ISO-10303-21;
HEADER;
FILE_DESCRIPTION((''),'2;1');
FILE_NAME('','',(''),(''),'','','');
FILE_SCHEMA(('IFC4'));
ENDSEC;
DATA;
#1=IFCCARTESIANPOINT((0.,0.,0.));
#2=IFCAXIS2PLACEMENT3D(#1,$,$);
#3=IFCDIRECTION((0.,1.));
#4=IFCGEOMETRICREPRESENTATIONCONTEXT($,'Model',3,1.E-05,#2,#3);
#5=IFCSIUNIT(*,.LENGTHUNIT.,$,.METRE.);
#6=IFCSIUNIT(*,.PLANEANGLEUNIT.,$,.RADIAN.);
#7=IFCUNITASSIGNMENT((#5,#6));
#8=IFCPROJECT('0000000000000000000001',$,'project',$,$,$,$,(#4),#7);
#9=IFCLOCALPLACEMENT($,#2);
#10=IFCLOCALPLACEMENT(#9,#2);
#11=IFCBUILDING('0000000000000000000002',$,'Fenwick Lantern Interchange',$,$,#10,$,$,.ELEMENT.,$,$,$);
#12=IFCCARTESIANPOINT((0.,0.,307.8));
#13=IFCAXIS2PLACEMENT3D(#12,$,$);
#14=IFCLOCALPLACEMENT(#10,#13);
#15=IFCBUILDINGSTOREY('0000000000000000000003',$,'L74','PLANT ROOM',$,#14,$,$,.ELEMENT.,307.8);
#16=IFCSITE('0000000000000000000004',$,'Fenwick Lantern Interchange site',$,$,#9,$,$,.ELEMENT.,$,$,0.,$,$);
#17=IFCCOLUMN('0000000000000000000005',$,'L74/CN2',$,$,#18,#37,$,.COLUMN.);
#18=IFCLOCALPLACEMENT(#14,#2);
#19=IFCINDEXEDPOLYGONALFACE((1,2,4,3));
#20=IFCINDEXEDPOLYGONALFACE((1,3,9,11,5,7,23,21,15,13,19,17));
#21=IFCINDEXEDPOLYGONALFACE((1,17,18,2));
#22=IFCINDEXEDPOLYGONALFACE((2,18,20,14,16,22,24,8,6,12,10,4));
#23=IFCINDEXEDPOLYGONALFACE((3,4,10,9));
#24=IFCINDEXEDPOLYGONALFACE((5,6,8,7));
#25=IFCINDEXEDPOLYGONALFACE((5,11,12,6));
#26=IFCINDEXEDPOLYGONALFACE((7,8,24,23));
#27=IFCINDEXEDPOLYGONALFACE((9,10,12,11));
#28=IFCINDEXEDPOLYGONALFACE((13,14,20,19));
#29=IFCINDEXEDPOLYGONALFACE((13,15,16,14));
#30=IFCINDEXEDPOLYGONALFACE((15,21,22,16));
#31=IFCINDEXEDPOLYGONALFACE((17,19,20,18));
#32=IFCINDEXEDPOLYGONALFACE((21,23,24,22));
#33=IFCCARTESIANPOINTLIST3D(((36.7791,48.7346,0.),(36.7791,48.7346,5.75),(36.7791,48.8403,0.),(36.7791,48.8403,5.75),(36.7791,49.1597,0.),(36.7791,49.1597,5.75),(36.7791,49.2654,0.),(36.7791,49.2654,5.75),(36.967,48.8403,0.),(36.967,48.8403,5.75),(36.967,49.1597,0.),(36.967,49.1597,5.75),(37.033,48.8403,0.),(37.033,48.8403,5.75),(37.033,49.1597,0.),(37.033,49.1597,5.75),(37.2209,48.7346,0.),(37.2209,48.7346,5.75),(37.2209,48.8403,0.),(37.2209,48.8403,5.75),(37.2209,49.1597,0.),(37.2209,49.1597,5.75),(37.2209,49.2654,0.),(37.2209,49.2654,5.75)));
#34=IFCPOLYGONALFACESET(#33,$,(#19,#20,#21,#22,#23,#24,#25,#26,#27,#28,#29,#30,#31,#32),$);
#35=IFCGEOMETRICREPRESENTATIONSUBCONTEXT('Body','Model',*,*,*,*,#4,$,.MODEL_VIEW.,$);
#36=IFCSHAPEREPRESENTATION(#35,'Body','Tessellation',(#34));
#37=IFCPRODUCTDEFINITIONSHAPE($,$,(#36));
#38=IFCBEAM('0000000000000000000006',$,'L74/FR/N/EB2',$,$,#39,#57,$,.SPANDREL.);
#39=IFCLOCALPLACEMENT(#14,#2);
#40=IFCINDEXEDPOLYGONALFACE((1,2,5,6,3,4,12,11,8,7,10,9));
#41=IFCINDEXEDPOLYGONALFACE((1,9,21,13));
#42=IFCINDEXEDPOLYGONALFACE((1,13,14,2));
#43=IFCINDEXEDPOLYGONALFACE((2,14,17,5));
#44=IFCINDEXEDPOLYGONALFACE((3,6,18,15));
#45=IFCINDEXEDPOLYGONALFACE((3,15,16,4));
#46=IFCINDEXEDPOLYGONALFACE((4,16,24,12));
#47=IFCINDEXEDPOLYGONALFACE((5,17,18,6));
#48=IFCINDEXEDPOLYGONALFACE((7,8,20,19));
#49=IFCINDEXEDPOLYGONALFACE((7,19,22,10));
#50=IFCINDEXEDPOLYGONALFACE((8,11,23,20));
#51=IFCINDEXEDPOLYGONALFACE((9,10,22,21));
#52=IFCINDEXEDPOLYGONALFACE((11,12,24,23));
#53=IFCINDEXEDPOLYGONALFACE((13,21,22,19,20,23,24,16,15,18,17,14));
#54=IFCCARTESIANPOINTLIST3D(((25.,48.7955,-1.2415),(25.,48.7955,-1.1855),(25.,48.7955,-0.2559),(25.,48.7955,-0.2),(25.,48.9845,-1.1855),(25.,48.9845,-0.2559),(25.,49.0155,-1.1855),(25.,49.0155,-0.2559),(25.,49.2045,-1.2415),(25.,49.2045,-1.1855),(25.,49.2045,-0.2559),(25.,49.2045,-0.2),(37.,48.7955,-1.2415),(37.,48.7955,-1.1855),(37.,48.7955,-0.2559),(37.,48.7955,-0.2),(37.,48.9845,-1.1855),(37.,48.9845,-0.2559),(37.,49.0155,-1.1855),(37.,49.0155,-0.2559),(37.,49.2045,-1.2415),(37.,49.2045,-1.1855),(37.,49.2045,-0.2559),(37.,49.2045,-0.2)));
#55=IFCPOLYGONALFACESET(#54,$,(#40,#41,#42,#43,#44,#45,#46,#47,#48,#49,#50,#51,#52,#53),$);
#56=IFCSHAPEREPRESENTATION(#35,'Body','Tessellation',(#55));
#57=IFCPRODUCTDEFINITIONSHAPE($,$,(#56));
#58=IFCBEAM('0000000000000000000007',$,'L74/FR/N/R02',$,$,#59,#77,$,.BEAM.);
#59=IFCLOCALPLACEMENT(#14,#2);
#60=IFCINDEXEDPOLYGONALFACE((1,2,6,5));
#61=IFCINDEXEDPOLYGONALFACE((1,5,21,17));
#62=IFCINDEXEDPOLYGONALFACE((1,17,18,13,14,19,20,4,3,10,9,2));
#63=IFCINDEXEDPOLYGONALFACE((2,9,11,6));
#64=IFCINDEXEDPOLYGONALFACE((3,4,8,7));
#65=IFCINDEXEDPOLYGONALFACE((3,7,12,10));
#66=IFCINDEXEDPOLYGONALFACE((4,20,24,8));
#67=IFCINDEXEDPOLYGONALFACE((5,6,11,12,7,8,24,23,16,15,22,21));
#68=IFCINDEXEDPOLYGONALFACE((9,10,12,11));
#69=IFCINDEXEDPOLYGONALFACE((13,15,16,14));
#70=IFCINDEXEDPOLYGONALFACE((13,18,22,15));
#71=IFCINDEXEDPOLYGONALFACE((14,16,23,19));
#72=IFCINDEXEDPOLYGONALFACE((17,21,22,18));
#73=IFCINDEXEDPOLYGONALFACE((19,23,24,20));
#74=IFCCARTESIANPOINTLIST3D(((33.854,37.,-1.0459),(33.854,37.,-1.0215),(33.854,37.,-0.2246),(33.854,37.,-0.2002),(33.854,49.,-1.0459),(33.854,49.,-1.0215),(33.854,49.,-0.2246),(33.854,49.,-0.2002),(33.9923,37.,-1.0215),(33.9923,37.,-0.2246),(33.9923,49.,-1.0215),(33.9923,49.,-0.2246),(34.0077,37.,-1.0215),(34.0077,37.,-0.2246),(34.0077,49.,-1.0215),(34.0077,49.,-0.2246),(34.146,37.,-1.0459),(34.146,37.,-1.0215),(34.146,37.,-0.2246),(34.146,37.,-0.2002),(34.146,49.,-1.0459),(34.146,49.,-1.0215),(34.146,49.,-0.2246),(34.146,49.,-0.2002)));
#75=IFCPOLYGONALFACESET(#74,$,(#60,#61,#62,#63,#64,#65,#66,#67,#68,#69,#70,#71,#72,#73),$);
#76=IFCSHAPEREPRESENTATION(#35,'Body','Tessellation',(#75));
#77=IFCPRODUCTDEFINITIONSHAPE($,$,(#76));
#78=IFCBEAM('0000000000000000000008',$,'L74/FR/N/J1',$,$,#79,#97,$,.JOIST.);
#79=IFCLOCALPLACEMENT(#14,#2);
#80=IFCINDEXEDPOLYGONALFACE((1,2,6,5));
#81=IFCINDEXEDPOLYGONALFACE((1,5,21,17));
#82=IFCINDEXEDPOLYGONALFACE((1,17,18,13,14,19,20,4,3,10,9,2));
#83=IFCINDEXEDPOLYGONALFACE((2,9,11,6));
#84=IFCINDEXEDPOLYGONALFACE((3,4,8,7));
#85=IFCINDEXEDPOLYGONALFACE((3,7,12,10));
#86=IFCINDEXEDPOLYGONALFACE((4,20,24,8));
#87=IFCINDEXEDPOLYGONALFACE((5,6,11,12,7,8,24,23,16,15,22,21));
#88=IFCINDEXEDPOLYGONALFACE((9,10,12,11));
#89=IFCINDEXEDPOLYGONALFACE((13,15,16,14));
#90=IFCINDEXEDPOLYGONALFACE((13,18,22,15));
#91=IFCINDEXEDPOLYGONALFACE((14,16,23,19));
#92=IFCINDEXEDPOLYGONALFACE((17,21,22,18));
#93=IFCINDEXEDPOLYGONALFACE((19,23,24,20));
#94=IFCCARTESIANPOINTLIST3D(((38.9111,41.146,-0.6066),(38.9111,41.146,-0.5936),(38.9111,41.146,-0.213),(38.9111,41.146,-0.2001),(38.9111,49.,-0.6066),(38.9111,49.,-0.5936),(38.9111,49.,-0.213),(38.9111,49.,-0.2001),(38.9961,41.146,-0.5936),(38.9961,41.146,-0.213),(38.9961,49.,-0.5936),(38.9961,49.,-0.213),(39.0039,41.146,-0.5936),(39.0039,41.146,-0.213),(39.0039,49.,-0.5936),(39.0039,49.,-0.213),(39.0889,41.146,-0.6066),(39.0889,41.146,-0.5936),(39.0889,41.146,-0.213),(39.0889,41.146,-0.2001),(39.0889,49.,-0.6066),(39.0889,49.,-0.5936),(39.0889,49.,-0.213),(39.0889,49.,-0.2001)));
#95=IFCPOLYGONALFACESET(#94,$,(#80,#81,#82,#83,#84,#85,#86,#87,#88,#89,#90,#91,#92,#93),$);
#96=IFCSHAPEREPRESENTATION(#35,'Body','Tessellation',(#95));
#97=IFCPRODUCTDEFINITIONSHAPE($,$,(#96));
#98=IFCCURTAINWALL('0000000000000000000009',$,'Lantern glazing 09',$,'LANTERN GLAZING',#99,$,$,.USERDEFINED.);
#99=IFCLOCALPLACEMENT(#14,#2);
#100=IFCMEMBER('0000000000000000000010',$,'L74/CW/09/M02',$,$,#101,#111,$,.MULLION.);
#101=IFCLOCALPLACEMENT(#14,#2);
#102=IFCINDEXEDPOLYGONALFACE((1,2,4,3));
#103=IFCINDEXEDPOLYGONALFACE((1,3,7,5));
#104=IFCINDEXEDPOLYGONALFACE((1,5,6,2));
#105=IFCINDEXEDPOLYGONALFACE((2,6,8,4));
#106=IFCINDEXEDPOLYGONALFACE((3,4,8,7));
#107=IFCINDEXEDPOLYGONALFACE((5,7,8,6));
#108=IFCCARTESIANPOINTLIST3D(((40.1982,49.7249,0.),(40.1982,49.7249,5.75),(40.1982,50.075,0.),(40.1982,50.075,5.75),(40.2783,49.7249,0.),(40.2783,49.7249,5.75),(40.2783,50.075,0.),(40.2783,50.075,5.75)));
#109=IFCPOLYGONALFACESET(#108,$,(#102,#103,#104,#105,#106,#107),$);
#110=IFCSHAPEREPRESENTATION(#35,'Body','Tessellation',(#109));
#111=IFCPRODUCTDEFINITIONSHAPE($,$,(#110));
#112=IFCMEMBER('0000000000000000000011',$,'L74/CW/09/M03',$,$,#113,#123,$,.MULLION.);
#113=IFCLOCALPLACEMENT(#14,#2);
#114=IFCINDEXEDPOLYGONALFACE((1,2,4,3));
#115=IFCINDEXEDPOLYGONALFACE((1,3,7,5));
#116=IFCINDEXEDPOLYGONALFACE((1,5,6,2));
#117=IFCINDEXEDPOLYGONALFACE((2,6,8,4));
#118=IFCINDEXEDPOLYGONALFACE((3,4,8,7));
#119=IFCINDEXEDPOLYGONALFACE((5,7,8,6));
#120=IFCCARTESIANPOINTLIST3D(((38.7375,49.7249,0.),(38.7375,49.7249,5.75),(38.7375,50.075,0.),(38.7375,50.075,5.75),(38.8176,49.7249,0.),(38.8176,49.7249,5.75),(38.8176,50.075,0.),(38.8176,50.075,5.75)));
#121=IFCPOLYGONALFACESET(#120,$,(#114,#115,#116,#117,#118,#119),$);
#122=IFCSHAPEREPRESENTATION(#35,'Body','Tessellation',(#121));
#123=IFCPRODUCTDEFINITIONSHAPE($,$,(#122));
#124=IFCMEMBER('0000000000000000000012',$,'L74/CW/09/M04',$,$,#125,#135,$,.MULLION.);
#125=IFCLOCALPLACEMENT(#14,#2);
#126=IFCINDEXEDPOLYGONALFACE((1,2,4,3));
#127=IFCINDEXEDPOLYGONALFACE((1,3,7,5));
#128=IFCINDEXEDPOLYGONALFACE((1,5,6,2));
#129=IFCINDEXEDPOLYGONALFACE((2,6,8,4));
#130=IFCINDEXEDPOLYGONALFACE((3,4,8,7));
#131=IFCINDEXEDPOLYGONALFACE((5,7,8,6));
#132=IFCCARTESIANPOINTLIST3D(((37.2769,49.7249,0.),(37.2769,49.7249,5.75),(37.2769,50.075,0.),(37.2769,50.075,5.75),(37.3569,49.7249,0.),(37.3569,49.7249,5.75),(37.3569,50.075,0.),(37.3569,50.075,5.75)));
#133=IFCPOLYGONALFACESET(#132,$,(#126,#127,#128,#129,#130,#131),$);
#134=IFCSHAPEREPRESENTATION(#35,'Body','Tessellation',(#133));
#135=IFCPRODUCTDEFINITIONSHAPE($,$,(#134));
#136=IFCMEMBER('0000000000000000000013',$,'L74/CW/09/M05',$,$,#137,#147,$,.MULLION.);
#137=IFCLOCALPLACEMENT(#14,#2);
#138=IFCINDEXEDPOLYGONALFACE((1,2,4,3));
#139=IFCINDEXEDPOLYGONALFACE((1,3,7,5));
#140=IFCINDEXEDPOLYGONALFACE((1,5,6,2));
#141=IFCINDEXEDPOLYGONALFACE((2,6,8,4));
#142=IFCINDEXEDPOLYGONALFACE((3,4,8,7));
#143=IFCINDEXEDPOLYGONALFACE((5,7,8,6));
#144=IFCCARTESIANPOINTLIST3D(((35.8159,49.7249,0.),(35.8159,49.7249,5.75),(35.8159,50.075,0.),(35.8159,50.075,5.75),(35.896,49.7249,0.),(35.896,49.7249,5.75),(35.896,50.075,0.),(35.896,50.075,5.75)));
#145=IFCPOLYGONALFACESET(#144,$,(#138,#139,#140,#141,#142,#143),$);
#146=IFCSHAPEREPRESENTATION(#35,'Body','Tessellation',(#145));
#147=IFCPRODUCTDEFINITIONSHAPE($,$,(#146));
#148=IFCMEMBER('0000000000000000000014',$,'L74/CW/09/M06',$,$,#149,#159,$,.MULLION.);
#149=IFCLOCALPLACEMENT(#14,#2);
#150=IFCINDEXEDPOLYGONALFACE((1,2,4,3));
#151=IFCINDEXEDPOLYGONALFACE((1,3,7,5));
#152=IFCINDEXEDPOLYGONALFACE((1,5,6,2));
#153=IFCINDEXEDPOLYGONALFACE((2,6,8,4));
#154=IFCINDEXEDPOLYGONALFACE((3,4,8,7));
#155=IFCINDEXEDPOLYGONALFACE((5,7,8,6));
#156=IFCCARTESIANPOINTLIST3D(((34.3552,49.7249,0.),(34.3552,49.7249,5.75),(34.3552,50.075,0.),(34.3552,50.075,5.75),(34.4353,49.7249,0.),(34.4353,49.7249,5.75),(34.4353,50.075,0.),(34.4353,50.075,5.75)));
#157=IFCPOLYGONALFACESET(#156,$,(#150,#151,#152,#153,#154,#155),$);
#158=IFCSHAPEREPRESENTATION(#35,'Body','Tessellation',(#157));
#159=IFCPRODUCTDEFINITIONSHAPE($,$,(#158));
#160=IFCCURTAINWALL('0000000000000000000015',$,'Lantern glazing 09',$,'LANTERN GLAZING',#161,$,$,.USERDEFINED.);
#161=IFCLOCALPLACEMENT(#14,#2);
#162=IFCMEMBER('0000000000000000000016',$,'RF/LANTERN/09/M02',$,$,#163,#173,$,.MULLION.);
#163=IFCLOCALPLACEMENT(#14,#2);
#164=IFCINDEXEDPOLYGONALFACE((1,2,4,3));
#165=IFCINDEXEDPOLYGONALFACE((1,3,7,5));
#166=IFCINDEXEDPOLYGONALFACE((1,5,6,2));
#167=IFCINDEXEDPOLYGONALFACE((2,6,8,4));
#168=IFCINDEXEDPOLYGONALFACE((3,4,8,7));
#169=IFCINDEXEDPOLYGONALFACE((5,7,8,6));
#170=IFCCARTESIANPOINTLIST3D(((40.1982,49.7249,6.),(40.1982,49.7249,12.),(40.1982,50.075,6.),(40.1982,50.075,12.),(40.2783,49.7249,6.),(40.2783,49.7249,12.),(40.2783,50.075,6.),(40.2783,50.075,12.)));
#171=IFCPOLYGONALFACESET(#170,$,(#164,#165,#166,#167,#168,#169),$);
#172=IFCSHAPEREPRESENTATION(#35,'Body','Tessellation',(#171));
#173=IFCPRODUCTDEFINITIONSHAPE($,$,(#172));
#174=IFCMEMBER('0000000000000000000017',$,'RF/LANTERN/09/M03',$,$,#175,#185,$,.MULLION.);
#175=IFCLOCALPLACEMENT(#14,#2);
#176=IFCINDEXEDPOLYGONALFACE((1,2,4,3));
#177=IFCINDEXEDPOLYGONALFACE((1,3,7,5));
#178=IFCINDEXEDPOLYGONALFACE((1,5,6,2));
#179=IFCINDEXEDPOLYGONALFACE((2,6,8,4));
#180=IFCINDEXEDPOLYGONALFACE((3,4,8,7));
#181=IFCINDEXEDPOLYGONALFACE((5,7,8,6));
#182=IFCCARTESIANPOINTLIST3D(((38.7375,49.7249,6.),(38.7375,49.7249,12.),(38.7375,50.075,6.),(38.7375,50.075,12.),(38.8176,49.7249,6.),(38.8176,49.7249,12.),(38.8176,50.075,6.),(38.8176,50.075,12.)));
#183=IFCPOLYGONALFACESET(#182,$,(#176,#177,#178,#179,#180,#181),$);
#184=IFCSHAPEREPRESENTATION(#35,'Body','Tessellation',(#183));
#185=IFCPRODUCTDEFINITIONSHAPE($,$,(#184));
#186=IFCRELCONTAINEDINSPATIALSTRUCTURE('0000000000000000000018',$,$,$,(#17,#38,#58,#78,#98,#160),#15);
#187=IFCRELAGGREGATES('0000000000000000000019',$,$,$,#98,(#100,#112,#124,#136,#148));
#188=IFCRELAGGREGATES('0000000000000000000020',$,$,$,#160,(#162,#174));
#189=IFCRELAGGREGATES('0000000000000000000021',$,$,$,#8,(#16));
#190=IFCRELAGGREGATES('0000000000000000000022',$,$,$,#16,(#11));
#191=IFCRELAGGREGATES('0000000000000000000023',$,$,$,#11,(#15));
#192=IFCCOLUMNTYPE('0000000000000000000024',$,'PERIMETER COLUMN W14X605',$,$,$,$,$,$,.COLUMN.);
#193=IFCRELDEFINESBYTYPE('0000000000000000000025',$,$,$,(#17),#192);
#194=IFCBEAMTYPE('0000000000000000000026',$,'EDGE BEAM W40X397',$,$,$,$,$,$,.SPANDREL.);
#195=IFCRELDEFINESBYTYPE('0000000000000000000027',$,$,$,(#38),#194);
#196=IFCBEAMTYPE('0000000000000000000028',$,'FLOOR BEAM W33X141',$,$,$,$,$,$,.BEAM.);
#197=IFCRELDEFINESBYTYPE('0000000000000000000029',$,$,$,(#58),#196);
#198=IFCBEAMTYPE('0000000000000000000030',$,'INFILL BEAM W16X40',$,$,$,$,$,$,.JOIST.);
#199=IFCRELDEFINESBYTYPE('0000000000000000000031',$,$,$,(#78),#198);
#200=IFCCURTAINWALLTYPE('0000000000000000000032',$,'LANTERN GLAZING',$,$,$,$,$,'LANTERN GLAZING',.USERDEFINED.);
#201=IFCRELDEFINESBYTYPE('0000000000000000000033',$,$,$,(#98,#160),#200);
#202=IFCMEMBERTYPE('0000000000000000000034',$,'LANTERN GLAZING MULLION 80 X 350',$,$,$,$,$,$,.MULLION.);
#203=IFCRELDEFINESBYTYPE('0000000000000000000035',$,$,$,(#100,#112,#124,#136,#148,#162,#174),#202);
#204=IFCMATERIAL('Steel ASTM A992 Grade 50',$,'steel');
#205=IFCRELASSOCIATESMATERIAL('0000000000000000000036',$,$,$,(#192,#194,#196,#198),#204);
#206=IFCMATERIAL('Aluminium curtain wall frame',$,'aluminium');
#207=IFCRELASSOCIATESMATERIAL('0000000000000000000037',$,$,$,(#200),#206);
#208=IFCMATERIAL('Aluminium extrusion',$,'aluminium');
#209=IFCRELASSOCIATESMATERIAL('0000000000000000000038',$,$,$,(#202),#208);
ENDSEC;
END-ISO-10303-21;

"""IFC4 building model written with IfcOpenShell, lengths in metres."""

from ifc_helpers import new_model, si_unit, direction, frame, origin, origin_2d, place, context, subcontext, project, spatial, rectangle, i_section, extrude, material, material_profile, profile_set, type_object, element, aggregate, save


model = new_model("IFC4")

# Units and contexts
model_context = context("Model", 3, precision=1e-05, world=origin(), true_north=direction((0.0, 1.0)))
body_context = subcontext(model_context, "Body", "Model", "MODEL_VIEW")
ifc_project = project(units=[si_unit("LENGTHUNIT", "METRE"), si_unit("PLANEANGLEUNIT", "RADIAN")], contexts=[model_context])

# Site, building, storey
site_placement = place(None, origin())
site = spatial("IfcSite", under=ifc_project, at=site_placement, Name="Fenwick Lantern Interchange site", CompositionType="ELEMENT", RefElevation=0.0)
building_placement = place(site_placement, origin())
building = spatial("IfcBuilding", under=site, at=building_placement, Name="Fenwick Lantern Interchange", CompositionType="ELEMENT")
storey_placement = place(building_placement, frame((0.0, 0.0, 307.8)))
storey = spatial("IfcBuildingStorey", under=building, at=storey_placement, Name="L74", Description="PLANT ROOM", CompositionType="ELEMENT", Elevation=307.8)

# Column
ifc_material_1 = material(Name="Steel ASTM A992 Grade 50", Category="steel")
ifc_material_profile_1 = material_profile(ifc_material_1, i_section(OverallWidth=0.4419, OverallDepth=0.5308, WebThickness=0.0659, FlangeThickness=0.1057, at=origin_2d()), Name="W14X605")
ifc_profile_set_1 = profile_set([ifc_material_profile_1], Name="Steel ASTM A992 Grade 50")
column_type = type_object("IfcColumnType", Name="PERIMETER COLUMN W14X605", PredefinedType="COLUMN", material=ifc_profile_set_1)
column_placement = place(storey_placement, frame((37.0, 49.0, 0.0), z_axis=(0.0, 0.0, 1.0), x_axis=(1.0, 0.0, 0.0)))
element("IfcColumn", 1, at=column_placement, inside=storey, type_object=column_type, Name="L74/CN2", PredefinedType="COLUMN", context=body_context, shape_type="SweptSolid", body=[
    extrude(i_section(OverallWidth=0.4419, OverallDepth=0.5308, WebThickness=0.0659, FlangeThickness=0.1057, at=origin_2d()), origin(), (0.0, 0.0, 1.0), 5.75),
])

# Beams
ifc_material_profile_2 = material_profile(ifc_material_1, i_section(OverallWidth=0.4089, OverallDepth=1.0415, WebThickness=0.031, FlangeThickness=0.0559, at=origin_2d()), Name="W40X397")
ifc_profile_set_2 = profile_set([ifc_material_profile_2], Name="Steel ASTM A992 Grade 50")
beam_type_1 = type_object("IfcBeamType", Name="EDGE BEAM W40X397", PredefinedType="SPANDREL", material=ifc_profile_set_2)
beam_1_placement = place(storey_placement, frame((37.0, 49.0, -0.7207), z_axis=(-1.0, 0.0, 0.0), x_axis=(0.0, -1.0, 0.0)))
element("IfcBeam", 2, at=beam_1_placement, inside=storey, type_object=beam_type_1, Name="L74/FR/N/EB2", PredefinedType="SPANDREL", context=body_context, shape_type="SweptSolid", body=[
    extrude(i_section(OverallWidth=0.4089, OverallDepth=1.0415, WebThickness=0.031, FlangeThickness=0.0559, at=origin_2d()), origin(), (0.0, 0.0, 1.0), 12.0),
])
ifc_material_profile_3 = material_profile(ifc_material_1, i_section(OverallWidth=0.292, OverallDepth=0.8457, WebThickness=0.0154, FlangeThickness=0.0244, at=origin_2d()), Name="W33X141")
ifc_profile_set_3 = profile_set([ifc_material_profile_3], Name="Steel ASTM A992 Grade 50")
beam_type_2 = type_object("IfcBeamType", Name="FLOOR BEAM W33X141", PredefinedType="BEAM", material=ifc_profile_set_3)
beam_2_placement = place(storey_placement, frame((34.0, 49.0, -0.623), z_axis=(0.0, -1.0, 0.0), x_axis=(1.0, 0.0, 0.0)))
element("IfcBeam", 3, at=beam_2_placement, inside=storey, type_object=beam_type_2, Name="L74/FR/N/R02", PredefinedType="BEAM", context=body_context, shape_type="SweptSolid", body=[
    extrude(i_section(OverallWidth=0.292, OverallDepth=0.8457, WebThickness=0.0154, FlangeThickness=0.0244, at=origin_2d()), origin(), (0.0, 0.0, 1.0), 12.0),
])
ifc_material_profile_4 = material_profile(ifc_material_1, i_section(OverallWidth=0.1777, OverallDepth=0.4065, WebThickness=0.0078, FlangeThickness=0.0129, at=origin_2d()), Name="W16X40")
ifc_profile_set_4 = profile_set([ifc_material_profile_4], Name="Steel ASTM A992 Grade 50")
beam_type_3 = type_object("IfcBeamType", Name="INFILL BEAM W16X40", PredefinedType="JOIST", material=ifc_profile_set_4)
beam_3_placement = place(storey_placement, frame((39.0, 49.0, -0.4033), z_axis=(0.0, -1.0, 0.0), x_axis=(1.0, 0.0, 0.0)))
element("IfcBeam", 4, at=beam_3_placement, inside=storey, type_object=beam_type_3, Name="L74/FR/N/J1", PredefinedType="JOIST", context=body_context, shape_type="SweptSolid", body=[
    extrude(i_section(OverallWidth=0.1777, OverallDepth=0.4065, WebThickness=0.0078, FlangeThickness=0.0129, at=origin_2d()), origin(), (0.0, 0.0, 1.0), 7.854),
])

# Curtain walls, members
ifc_material_2 = material(Name="Aluminium curtain wall frame", Category="aluminium")
curtain_wall_type = type_object("IfcCurtainWallType", Name="LANTERN GLAZING", ElementType="LANTERN GLAZING", PredefinedType="USERDEFINED", material=ifc_material_2)
curtain_wall_1_placement = place(storey_placement, origin())
curtain_wall_1 = element("IfcCurtainWall", 5, at=curtain_wall_1_placement, inside=storey, type_object=curtain_wall_type, Name="Lantern glazing 09", ObjectType="LANTERN GLAZING", PredefinedType="USERDEFINED")
ifc_material_3 = material(Name="Aluminium extrusion", Category="aluminium")
ifc_material_profile_5 = material_profile(ifc_material_3, rectangle(XDim=0.3501, YDim=0.0801, at=origin_2d()), Name="LANTERN GLAZING MULLION 80 X 350")
ifc_profile_set_5 = profile_set([ifc_material_profile_5], Name="Aluminium extrusion")
member_type_1 = type_object("IfcMemberType", Name="LANTERN GLAZING MULLION 80 X 350", PredefinedType="MULLION", material=ifc_profile_set_5)
member_1_placement = place(storey_placement, frame((40.2383, 49.8999, 0.0), z_axis=(0.0, 0.0, 1.0), x_axis=(0.0, -1.0, 0.0)))
member_1 = element("IfcMember", 6, at=member_1_placement, type_object=member_type_1, Name="L74/CW/09/M02", PredefinedType="MULLION", context=body_context, shape_type="SweptSolid", body=[
    extrude(rectangle(XDim=0.3501, YDim=0.0801, at=origin_2d()), origin(), (0.0, 0.0, 1.0), 5.75),
])
member_2_placement = place(storey_placement, frame((38.7776, 49.8999, 0.0), z_axis=(0.0, 0.0, 1.0), x_axis=(0.0, -1.0, 0.0)))
member_2 = element("IfcMember", 7, at=member_2_placement, type_object=member_type_1, Name="L74/CW/09/M03", PredefinedType="MULLION", context=body_context, shape_type="SweptSolid", body=[
    extrude(rectangle(XDim=0.3501, YDim=0.0801, at=origin_2d()), origin(), (0.0, 0.0, 1.0), 5.75),
])
member_3_placement = place(storey_placement, frame((37.3169, 49.8999, 0.0), z_axis=(0.0, 0.0, 1.0), x_axis=(0.0, -1.0, 0.0)))
member_3 = element("IfcMember", 8, at=member_3_placement, type_object=member_type_1, Name="L74/CW/09/M04", PredefinedType="MULLION", context=body_context, shape_type="SweptSolid", body=[
    extrude(rectangle(XDim=0.3501, YDim=0.0801, at=origin_2d()), origin(), (0.0, 0.0, 1.0), 5.75),
])
member_4_placement = place(storey_placement, frame((35.856, 49.8999, 0.0), z_axis=(0.0, 0.0, 1.0), x_axis=(0.0, -1.0, 0.0)))
member_4 = element("IfcMember", 9, at=member_4_placement, type_object=member_type_1, Name="L74/CW/09/M05", PredefinedType="MULLION", context=body_context, shape_type="SweptSolid", body=[
    extrude(rectangle(XDim=0.3501, YDim=0.0801, at=origin_2d()), origin(), (0.0, 0.0, 1.0), 5.75),
])
member_5_placement = place(storey_placement, frame((34.3953, 49.8999, 0.0), z_axis=(0.0, 0.0, 1.0), x_axis=(0.0, -1.0, 0.0)))
member_5 = element("IfcMember", 10, at=member_5_placement, type_object=member_type_1, Name="L74/CW/09/M06", PredefinedType="MULLION", context=body_context, shape_type="SweptSolid", body=[
    extrude(rectangle(XDim=0.3501, YDim=0.0801, at=origin_2d()), origin(), (0.0, 0.0, 1.0), 5.75),
])
curtain_wall_2_placement = place(storey_placement, origin())
curtain_wall_2 = element("IfcCurtainWall", 11, at=curtain_wall_2_placement, inside=storey, type_object=curtain_wall_type, Name="Lantern glazing 09", ObjectType="LANTERN GLAZING", PredefinedType="USERDEFINED")
member_6_placement = place(storey_placement, frame((40.2383, 49.8999, 6.0), z_axis=(0.0, 0.0, 1.0), x_axis=(0.0, -1.0, 0.0)))
member_6 = element("IfcMember", 12, at=member_6_placement, type_object=member_type_1, Name="RF/LANTERN/09/M02", PredefinedType="MULLION", context=body_context, shape_type="SweptSolid", body=[
    extrude(rectangle(XDim=0.3501, YDim=0.0801, at=origin_2d()), origin(), (0.0, 0.0, 1.0), 6.0),
])
member_7_placement = place(storey_placement, frame((38.7776, 49.8999, 6.0), z_axis=(0.0, 0.0, 1.0), x_axis=(0.0, -1.0, 0.0)))
member_7 = element("IfcMember", 13, at=member_7_placement, type_object=member_type_1, Name="RF/LANTERN/09/M03", PredefinedType="MULLION", context=body_context, shape_type="SweptSolid", body=[
    extrude(rectangle(XDim=0.3501, YDim=0.0801, at=origin_2d()), origin(), (0.0, 0.0, 1.0), 6.0),
])

aggregate(curtain_wall_1, [member_1, member_2, member_3, member_4, member_5])
aggregate(curtain_wall_2, [member_6, member_7])

save(model, "model.ifc")
